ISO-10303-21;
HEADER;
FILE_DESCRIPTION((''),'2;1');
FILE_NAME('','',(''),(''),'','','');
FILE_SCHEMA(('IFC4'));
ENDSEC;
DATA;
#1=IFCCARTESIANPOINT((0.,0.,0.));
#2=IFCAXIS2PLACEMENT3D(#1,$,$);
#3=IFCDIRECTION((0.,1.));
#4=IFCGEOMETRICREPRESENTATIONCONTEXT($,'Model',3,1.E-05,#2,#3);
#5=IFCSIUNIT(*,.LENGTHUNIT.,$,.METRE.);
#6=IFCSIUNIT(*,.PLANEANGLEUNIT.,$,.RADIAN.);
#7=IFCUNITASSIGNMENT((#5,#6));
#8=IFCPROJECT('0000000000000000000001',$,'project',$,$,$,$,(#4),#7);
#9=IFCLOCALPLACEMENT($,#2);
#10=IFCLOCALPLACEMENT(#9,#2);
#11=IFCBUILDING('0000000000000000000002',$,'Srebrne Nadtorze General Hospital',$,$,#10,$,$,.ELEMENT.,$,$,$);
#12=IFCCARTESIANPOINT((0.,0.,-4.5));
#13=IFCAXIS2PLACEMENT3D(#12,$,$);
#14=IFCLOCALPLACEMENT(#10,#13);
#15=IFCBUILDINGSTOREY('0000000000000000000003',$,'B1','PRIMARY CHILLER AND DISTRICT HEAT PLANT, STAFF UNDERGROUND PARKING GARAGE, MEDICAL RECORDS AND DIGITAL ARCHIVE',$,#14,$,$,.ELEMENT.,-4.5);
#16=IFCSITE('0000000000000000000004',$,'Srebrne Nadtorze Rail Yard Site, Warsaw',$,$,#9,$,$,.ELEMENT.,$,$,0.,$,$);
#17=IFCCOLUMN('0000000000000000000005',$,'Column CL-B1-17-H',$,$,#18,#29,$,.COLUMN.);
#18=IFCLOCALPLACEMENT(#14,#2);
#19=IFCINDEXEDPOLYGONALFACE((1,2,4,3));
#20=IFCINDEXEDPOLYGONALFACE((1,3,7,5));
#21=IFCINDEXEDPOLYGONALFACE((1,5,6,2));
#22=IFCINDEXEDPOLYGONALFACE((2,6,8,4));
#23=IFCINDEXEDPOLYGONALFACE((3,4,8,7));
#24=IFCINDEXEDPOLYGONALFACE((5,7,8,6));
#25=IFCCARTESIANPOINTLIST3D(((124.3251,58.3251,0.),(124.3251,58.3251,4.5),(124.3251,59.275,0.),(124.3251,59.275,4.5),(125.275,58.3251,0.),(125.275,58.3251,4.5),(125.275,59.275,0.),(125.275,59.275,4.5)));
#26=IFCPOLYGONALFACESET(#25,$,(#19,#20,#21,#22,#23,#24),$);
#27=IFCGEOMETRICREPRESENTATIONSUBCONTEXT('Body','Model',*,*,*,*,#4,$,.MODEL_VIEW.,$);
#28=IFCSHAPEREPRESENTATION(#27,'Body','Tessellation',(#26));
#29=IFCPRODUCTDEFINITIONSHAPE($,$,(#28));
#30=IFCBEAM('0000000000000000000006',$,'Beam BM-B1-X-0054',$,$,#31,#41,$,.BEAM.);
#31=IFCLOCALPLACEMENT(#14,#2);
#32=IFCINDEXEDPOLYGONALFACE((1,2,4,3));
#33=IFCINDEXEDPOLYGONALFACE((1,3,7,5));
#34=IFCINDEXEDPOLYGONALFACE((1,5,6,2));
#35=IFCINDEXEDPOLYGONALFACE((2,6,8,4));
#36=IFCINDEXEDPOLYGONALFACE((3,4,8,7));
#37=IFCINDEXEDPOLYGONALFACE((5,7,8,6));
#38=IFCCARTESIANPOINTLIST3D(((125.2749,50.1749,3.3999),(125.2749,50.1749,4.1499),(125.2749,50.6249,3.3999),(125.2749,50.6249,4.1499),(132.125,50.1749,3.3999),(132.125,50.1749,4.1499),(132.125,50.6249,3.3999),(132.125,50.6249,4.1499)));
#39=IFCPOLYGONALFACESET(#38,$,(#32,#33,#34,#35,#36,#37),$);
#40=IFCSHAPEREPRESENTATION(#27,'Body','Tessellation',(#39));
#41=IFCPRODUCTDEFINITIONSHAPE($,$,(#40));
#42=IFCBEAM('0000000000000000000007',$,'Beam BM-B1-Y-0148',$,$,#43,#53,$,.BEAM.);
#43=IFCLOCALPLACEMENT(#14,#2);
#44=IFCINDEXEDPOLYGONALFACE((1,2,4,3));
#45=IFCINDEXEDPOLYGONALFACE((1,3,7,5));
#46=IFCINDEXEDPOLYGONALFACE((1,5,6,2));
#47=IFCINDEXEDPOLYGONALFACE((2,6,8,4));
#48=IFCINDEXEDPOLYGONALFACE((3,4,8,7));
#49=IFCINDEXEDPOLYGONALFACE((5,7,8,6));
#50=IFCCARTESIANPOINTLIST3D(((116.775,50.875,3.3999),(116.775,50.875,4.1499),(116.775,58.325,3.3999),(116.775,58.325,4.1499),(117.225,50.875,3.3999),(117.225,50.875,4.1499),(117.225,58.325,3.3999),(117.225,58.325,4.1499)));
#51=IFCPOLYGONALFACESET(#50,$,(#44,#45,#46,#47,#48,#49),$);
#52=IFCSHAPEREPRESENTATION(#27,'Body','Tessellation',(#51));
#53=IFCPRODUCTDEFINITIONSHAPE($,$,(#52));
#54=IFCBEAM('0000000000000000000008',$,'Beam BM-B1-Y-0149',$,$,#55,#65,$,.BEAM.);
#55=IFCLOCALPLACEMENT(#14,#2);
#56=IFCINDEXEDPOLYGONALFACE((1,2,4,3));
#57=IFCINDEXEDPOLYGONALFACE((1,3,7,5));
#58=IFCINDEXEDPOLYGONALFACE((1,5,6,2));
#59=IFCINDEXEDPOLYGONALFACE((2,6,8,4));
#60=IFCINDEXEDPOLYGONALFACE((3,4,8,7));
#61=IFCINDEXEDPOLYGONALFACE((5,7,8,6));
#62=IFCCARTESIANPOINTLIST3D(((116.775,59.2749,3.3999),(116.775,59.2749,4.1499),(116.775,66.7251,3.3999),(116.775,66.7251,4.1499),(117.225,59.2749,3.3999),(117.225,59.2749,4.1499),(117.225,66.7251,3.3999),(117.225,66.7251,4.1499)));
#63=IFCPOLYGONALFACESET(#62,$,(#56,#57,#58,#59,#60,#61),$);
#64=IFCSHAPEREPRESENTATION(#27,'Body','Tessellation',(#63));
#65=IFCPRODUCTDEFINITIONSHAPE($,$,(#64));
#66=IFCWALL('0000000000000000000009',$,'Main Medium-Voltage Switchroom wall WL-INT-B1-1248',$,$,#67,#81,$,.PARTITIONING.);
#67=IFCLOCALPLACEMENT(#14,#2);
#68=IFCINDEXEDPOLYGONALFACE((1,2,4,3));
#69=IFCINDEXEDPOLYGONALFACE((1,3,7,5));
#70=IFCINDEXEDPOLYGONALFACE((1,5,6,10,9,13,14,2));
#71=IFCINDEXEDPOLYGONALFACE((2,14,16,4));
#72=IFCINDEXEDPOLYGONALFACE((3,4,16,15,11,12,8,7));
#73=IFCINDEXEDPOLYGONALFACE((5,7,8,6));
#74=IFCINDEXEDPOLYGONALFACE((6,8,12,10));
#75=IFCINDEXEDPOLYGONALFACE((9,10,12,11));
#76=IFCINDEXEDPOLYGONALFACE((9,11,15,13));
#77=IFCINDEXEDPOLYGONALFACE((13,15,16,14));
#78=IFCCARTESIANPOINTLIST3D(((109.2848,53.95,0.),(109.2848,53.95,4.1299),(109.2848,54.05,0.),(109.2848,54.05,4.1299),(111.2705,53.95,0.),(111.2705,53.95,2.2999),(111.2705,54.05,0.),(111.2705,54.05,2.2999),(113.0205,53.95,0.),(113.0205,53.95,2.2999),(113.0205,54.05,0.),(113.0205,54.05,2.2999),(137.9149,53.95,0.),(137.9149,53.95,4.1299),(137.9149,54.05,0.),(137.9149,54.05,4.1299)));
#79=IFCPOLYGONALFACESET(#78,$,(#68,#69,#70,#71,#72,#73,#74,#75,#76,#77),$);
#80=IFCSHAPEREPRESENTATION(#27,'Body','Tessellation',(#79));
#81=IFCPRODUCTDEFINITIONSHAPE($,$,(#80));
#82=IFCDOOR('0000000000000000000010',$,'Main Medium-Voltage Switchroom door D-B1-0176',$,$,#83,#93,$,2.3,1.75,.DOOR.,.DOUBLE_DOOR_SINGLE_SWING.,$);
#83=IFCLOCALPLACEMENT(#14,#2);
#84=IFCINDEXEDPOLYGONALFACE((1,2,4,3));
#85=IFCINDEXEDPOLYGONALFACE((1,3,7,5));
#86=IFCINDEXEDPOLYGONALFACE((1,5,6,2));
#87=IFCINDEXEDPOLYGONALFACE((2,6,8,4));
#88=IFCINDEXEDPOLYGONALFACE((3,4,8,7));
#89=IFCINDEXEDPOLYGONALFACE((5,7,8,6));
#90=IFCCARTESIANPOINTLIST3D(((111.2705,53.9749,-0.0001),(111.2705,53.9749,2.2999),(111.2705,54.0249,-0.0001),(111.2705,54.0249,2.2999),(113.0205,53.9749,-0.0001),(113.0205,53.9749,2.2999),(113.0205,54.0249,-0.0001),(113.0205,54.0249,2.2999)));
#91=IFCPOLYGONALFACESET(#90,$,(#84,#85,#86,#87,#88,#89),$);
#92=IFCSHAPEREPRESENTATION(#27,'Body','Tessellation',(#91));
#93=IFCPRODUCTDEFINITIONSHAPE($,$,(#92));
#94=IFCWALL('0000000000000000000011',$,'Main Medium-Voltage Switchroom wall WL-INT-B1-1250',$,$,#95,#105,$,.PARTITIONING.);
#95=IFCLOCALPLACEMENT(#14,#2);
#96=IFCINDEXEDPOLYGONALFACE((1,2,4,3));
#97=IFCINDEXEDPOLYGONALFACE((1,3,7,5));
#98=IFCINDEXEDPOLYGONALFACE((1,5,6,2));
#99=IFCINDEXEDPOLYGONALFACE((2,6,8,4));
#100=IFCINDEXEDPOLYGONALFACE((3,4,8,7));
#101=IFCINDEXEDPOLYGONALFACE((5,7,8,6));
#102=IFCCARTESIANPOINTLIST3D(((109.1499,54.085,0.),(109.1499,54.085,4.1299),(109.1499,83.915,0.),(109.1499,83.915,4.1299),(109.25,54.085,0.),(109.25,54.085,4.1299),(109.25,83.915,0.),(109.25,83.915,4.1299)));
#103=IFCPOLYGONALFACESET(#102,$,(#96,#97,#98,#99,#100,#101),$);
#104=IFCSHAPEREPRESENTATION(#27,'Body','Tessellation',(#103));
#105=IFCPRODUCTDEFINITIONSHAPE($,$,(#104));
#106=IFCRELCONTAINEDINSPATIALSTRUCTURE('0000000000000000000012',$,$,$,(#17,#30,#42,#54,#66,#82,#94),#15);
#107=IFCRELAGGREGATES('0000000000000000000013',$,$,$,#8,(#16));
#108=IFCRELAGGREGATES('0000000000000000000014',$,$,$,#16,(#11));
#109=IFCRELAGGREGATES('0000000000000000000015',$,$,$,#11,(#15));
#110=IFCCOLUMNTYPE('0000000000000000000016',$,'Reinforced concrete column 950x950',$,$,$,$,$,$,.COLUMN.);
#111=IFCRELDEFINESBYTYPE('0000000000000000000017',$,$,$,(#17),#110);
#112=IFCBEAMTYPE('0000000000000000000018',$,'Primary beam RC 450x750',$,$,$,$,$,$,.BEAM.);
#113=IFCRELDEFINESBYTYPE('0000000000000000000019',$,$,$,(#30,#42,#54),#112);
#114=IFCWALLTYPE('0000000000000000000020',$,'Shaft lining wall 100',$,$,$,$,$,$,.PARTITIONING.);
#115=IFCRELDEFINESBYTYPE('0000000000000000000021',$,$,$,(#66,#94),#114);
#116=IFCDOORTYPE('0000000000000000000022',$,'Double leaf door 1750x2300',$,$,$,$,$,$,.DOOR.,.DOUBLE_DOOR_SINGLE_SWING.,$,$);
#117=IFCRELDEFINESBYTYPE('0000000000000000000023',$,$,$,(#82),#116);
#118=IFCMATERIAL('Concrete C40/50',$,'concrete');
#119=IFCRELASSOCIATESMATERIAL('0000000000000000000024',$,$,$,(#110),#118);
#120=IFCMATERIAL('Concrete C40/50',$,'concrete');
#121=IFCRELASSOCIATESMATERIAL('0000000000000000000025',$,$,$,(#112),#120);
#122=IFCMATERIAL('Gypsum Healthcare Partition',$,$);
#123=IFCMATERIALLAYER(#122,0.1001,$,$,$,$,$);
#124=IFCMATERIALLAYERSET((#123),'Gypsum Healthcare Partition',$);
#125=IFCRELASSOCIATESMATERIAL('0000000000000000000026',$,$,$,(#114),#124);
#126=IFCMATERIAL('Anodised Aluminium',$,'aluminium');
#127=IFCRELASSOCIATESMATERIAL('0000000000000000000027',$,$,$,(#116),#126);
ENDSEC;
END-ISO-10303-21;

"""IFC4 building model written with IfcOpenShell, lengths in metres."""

from ifc_helpers import new_model, si_unit, direction, frame, frame_2d, origin, origin_2d, place, context, subcontext, project, spatial, rectangle, extrude, material, layer, layer_set, material_profile, profile_set, type_object, element, fill, save


model = new_model("IFC4")

# Units and contexts
model_context = context("Model", 3, precision=1e-05, world=origin(), true_north=direction((0.0, 1.0)))
body_context = subcontext(model_context, "Body", "Model", "MODEL_VIEW")
ifc_project = project(units=[si_unit("LENGTHUNIT", "METRE"), si_unit("PLANEANGLEUNIT", "RADIAN")], contexts=[model_context])

# Site, building, storey
site_placement = place(None, origin())
site = spatial("IfcSite", under=ifc_project, at=site_placement, Name="Srebrne Nadtorze Rail Yard Site, Warsaw", CompositionType="ELEMENT", RefElevation=0.0)
building_placement = place(site_placement, origin())
building = spatial("IfcBuilding", under=site, at=building_placement, Name="Srebrne Nadtorze General Hospital", CompositionType="ELEMENT")
storey_placement = place(building_placement, frame((0.0, 0.0, -4.5)))
storey = spatial("IfcBuildingStorey", under=building, at=storey_placement, Name="B1", Description="PRIMARY CHILLER AND DISTRICT HEAT PLANT, STAFF UNDERGROUND PARKING GARAGE, MEDICAL RECORDS AND DIGITAL ARCHIVE", CompositionType="ELEMENT", Elevation=-4.5)

# Column
ifc_material_1 = material(Name="Concrete C40/50", Category="concrete")
ifc_material_profile_1 = material_profile(ifc_material_1, rectangle(XDim=0.95, YDim=0.95, at=origin_2d()), Name="RC-COL-950x950")
ifc_profile_set_1 = profile_set([ifc_material_profile_1], Name="Concrete C40/50")
column_type = type_object("IfcColumnType", Name="Reinforced concrete column 950x950", PredefinedType="COLUMN", material=ifc_profile_set_1)
for number, where, z_axis, x_axis, name in (
    (1, (124.8, 58.8, 0.0), (0.0, 0.0, 1.0), (1.0, 0.0, 0.0), "Column CL-B1-17-H"),
):
    element("IfcColumn", number, at=place(storey_placement, frame(where, z_axis=z_axis, x_axis=x_axis)), inside=storey, type_object=column_type, Name=name, PredefinedType="COLUMN", context=body_context, shape_type="SweptSolid", body=[
        extrude(rectangle(XDim=0.95, YDim=0.95, at=origin_2d()), origin(), (0.0, 0.0, 1.0), 4.5),
    ])

# Beams
ifc_material_2 = material(Name="Concrete C40/50", Category="concrete")
ifc_material_profile_2 = material_profile(ifc_material_2, rectangle(XDim=0.45, YDim=0.75, at=origin_2d()), Name="RC-BM-450x750")
ifc_profile_set_2 = profile_set([ifc_material_profile_2], Name="Concrete C40/50")
beam_type = type_object("IfcBeamType", Name="Primary beam RC 450x750", PredefinedType="BEAM", material=ifc_profile_set_2)
beam_1_placement = place(storey_placement, frame((125.2749, 50.3999, 3.7749), z_axis=(1.0, 0.0, 0.0), x_axis=(0.0, 1.0, 0.0)))
element("IfcBeam", 2, at=beam_1_placement, inside=storey, type_object=beam_type, Name="Beam BM-B1-X-0054", PredefinedType="BEAM", context=body_context, shape_type="SweptSolid", body=[
    extrude(rectangle(XDim=0.45, YDim=0.75, at=origin_2d()), origin(), (0.0, 0.0, 1.0), 6.8501),
])
beam_2_placement = place(storey_placement, frame((117.0, 50.875, 3.7749), z_axis=(0.0, 1.0, 0.0), x_axis=(-1.0, 0.0, 0.0)))
element("IfcBeam", 3, at=beam_2_placement, inside=storey, type_object=beam_type, Name="Beam BM-B1-Y-0148", PredefinedType="BEAM", context=body_context, shape_type="SweptSolid", body=[
    extrude(rectangle(XDim=0.45, YDim=0.75, at=origin_2d()), origin(), (0.0, 0.0, 1.0), 7.45),
])
beam_3_placement = place(storey_placement, frame((117.0, 59.2749, 3.7749), z_axis=(0.0, 1.0, 0.0), x_axis=(-1.0, 0.0, 0.0)))
element("IfcBeam", 4, at=beam_3_placement, inside=storey, type_object=beam_type, Name="Beam BM-B1-Y-0149", PredefinedType="BEAM", context=body_context, shape_type="SweptSolid", body=[
    extrude(rectangle(XDim=0.45, YDim=0.75, at=origin_2d()), origin(), (0.0, 0.0, 1.0), 7.4502),
])

# Wall, opening, door
ifc_material_3 = material(Name="Gypsum Healthcare Partition")
ifc_layer_1 = layer(ifc_material_3, 0.1001)
ifc_layer_set_1 = layer_set([ifc_layer_1], Name="Gypsum Healthcare Partition")
wall_type = type_object("IfcWallType", Name="Shaft lining wall 100", PredefinedType="PARTITIONING", material=ifc_layer_set_1)
wall_1_placement = place(storey_placement, frame((109.2849, 54.0, 0.0), z_axis=(0.0, 0.0, 1.0), x_axis=(1.0, 0.0, 0.0)))
wall_1 = element("IfcWall", 5, at=wall_1_placement, inside=storey, type_object=wall_type, Name="Main Medium-Voltage Switchroom wall WL-INT-B1-1248", PredefinedType="PARTITIONING", context=body_context, shape_type="SweptSolid", body=[
    extrude(rectangle(XDim=28.6301, YDim=0.1001, at=frame_2d((14.3149, 0.0))), origin(), (0.0, 0.0, 1.0), 4.1299),
])
opening_placement = place(wall_1_placement, frame((1.9856, 0.0, 0.0)))
opening = element("IfcOpeningElement", 6, at=opening_placement, cuts=wall_1, PredefinedType="OPENING", context=body_context, shape_type="SweptSolid", body=[
    extrude(rectangle(XDim=1.75, YDim=2.3, at=frame_2d((0.875, 1.1499))), frame((0.0, 0.062, 0.0), z_axis=(0.0, -1.0, 0.0), x_axis=(1.0, 0.0, 0.0)), (0.0, 0.0, 1.0), 0.124),
])
ifc_material_4 = material(Name="Anodised Aluminium", Category="aluminium")
door_type = type_object("IfcDoorType", Name="Double leaf door 1750x2300", OperationType="DOUBLE_DOOR_SINGLE_SWING", PredefinedType="DOOR", material=ifc_material_4)
door_placement = place(opening_placement, origin())
door = element("IfcDoor", 7, at=door_placement, inside=storey, type_object=door_type, Name="Main Medium-Voltage Switchroom door D-B1-0176", OperationType="DOUBLE_DOOR_SINGLE_SWING", OverallHeight=2.3, OverallWidth=1.75, PredefinedType="DOOR", context=body_context, shape_type="SweptSolid", body=[
    extrude(rectangle(XDim=1.75, YDim=2.3, at=frame_2d((0.875, 1.1499))), frame((0.0, 0.0249, 0.0), z_axis=(0.0, -1.0, 0.0), x_axis=(1.0, 0.0, 0.0)), (0.0, 0.0, 1.0), 0.05),
])
fill(opening, door)

# Wall
wall_2_placement = place(storey_placement, frame((109.2, 54.085, 0.0), z_axis=(0.0, 0.0, 1.0), x_axis=(0.0, 1.0, 0.0)))
element("IfcWall", 8, at=wall_2_placement, inside=storey, type_object=wall_type, Name="Main Medium-Voltage Switchroom wall WL-INT-B1-1250", PredefinedType="PARTITIONING", context=body_context, shape_type="SweptSolid", body=[
    extrude(rectangle(XDim=29.8301, YDim=0.1001, at=frame_2d((14.915, 0.0))), origin(), (0.0, 0.0, 1.0), 4.1299),
])

save(model, "model.ifc")
